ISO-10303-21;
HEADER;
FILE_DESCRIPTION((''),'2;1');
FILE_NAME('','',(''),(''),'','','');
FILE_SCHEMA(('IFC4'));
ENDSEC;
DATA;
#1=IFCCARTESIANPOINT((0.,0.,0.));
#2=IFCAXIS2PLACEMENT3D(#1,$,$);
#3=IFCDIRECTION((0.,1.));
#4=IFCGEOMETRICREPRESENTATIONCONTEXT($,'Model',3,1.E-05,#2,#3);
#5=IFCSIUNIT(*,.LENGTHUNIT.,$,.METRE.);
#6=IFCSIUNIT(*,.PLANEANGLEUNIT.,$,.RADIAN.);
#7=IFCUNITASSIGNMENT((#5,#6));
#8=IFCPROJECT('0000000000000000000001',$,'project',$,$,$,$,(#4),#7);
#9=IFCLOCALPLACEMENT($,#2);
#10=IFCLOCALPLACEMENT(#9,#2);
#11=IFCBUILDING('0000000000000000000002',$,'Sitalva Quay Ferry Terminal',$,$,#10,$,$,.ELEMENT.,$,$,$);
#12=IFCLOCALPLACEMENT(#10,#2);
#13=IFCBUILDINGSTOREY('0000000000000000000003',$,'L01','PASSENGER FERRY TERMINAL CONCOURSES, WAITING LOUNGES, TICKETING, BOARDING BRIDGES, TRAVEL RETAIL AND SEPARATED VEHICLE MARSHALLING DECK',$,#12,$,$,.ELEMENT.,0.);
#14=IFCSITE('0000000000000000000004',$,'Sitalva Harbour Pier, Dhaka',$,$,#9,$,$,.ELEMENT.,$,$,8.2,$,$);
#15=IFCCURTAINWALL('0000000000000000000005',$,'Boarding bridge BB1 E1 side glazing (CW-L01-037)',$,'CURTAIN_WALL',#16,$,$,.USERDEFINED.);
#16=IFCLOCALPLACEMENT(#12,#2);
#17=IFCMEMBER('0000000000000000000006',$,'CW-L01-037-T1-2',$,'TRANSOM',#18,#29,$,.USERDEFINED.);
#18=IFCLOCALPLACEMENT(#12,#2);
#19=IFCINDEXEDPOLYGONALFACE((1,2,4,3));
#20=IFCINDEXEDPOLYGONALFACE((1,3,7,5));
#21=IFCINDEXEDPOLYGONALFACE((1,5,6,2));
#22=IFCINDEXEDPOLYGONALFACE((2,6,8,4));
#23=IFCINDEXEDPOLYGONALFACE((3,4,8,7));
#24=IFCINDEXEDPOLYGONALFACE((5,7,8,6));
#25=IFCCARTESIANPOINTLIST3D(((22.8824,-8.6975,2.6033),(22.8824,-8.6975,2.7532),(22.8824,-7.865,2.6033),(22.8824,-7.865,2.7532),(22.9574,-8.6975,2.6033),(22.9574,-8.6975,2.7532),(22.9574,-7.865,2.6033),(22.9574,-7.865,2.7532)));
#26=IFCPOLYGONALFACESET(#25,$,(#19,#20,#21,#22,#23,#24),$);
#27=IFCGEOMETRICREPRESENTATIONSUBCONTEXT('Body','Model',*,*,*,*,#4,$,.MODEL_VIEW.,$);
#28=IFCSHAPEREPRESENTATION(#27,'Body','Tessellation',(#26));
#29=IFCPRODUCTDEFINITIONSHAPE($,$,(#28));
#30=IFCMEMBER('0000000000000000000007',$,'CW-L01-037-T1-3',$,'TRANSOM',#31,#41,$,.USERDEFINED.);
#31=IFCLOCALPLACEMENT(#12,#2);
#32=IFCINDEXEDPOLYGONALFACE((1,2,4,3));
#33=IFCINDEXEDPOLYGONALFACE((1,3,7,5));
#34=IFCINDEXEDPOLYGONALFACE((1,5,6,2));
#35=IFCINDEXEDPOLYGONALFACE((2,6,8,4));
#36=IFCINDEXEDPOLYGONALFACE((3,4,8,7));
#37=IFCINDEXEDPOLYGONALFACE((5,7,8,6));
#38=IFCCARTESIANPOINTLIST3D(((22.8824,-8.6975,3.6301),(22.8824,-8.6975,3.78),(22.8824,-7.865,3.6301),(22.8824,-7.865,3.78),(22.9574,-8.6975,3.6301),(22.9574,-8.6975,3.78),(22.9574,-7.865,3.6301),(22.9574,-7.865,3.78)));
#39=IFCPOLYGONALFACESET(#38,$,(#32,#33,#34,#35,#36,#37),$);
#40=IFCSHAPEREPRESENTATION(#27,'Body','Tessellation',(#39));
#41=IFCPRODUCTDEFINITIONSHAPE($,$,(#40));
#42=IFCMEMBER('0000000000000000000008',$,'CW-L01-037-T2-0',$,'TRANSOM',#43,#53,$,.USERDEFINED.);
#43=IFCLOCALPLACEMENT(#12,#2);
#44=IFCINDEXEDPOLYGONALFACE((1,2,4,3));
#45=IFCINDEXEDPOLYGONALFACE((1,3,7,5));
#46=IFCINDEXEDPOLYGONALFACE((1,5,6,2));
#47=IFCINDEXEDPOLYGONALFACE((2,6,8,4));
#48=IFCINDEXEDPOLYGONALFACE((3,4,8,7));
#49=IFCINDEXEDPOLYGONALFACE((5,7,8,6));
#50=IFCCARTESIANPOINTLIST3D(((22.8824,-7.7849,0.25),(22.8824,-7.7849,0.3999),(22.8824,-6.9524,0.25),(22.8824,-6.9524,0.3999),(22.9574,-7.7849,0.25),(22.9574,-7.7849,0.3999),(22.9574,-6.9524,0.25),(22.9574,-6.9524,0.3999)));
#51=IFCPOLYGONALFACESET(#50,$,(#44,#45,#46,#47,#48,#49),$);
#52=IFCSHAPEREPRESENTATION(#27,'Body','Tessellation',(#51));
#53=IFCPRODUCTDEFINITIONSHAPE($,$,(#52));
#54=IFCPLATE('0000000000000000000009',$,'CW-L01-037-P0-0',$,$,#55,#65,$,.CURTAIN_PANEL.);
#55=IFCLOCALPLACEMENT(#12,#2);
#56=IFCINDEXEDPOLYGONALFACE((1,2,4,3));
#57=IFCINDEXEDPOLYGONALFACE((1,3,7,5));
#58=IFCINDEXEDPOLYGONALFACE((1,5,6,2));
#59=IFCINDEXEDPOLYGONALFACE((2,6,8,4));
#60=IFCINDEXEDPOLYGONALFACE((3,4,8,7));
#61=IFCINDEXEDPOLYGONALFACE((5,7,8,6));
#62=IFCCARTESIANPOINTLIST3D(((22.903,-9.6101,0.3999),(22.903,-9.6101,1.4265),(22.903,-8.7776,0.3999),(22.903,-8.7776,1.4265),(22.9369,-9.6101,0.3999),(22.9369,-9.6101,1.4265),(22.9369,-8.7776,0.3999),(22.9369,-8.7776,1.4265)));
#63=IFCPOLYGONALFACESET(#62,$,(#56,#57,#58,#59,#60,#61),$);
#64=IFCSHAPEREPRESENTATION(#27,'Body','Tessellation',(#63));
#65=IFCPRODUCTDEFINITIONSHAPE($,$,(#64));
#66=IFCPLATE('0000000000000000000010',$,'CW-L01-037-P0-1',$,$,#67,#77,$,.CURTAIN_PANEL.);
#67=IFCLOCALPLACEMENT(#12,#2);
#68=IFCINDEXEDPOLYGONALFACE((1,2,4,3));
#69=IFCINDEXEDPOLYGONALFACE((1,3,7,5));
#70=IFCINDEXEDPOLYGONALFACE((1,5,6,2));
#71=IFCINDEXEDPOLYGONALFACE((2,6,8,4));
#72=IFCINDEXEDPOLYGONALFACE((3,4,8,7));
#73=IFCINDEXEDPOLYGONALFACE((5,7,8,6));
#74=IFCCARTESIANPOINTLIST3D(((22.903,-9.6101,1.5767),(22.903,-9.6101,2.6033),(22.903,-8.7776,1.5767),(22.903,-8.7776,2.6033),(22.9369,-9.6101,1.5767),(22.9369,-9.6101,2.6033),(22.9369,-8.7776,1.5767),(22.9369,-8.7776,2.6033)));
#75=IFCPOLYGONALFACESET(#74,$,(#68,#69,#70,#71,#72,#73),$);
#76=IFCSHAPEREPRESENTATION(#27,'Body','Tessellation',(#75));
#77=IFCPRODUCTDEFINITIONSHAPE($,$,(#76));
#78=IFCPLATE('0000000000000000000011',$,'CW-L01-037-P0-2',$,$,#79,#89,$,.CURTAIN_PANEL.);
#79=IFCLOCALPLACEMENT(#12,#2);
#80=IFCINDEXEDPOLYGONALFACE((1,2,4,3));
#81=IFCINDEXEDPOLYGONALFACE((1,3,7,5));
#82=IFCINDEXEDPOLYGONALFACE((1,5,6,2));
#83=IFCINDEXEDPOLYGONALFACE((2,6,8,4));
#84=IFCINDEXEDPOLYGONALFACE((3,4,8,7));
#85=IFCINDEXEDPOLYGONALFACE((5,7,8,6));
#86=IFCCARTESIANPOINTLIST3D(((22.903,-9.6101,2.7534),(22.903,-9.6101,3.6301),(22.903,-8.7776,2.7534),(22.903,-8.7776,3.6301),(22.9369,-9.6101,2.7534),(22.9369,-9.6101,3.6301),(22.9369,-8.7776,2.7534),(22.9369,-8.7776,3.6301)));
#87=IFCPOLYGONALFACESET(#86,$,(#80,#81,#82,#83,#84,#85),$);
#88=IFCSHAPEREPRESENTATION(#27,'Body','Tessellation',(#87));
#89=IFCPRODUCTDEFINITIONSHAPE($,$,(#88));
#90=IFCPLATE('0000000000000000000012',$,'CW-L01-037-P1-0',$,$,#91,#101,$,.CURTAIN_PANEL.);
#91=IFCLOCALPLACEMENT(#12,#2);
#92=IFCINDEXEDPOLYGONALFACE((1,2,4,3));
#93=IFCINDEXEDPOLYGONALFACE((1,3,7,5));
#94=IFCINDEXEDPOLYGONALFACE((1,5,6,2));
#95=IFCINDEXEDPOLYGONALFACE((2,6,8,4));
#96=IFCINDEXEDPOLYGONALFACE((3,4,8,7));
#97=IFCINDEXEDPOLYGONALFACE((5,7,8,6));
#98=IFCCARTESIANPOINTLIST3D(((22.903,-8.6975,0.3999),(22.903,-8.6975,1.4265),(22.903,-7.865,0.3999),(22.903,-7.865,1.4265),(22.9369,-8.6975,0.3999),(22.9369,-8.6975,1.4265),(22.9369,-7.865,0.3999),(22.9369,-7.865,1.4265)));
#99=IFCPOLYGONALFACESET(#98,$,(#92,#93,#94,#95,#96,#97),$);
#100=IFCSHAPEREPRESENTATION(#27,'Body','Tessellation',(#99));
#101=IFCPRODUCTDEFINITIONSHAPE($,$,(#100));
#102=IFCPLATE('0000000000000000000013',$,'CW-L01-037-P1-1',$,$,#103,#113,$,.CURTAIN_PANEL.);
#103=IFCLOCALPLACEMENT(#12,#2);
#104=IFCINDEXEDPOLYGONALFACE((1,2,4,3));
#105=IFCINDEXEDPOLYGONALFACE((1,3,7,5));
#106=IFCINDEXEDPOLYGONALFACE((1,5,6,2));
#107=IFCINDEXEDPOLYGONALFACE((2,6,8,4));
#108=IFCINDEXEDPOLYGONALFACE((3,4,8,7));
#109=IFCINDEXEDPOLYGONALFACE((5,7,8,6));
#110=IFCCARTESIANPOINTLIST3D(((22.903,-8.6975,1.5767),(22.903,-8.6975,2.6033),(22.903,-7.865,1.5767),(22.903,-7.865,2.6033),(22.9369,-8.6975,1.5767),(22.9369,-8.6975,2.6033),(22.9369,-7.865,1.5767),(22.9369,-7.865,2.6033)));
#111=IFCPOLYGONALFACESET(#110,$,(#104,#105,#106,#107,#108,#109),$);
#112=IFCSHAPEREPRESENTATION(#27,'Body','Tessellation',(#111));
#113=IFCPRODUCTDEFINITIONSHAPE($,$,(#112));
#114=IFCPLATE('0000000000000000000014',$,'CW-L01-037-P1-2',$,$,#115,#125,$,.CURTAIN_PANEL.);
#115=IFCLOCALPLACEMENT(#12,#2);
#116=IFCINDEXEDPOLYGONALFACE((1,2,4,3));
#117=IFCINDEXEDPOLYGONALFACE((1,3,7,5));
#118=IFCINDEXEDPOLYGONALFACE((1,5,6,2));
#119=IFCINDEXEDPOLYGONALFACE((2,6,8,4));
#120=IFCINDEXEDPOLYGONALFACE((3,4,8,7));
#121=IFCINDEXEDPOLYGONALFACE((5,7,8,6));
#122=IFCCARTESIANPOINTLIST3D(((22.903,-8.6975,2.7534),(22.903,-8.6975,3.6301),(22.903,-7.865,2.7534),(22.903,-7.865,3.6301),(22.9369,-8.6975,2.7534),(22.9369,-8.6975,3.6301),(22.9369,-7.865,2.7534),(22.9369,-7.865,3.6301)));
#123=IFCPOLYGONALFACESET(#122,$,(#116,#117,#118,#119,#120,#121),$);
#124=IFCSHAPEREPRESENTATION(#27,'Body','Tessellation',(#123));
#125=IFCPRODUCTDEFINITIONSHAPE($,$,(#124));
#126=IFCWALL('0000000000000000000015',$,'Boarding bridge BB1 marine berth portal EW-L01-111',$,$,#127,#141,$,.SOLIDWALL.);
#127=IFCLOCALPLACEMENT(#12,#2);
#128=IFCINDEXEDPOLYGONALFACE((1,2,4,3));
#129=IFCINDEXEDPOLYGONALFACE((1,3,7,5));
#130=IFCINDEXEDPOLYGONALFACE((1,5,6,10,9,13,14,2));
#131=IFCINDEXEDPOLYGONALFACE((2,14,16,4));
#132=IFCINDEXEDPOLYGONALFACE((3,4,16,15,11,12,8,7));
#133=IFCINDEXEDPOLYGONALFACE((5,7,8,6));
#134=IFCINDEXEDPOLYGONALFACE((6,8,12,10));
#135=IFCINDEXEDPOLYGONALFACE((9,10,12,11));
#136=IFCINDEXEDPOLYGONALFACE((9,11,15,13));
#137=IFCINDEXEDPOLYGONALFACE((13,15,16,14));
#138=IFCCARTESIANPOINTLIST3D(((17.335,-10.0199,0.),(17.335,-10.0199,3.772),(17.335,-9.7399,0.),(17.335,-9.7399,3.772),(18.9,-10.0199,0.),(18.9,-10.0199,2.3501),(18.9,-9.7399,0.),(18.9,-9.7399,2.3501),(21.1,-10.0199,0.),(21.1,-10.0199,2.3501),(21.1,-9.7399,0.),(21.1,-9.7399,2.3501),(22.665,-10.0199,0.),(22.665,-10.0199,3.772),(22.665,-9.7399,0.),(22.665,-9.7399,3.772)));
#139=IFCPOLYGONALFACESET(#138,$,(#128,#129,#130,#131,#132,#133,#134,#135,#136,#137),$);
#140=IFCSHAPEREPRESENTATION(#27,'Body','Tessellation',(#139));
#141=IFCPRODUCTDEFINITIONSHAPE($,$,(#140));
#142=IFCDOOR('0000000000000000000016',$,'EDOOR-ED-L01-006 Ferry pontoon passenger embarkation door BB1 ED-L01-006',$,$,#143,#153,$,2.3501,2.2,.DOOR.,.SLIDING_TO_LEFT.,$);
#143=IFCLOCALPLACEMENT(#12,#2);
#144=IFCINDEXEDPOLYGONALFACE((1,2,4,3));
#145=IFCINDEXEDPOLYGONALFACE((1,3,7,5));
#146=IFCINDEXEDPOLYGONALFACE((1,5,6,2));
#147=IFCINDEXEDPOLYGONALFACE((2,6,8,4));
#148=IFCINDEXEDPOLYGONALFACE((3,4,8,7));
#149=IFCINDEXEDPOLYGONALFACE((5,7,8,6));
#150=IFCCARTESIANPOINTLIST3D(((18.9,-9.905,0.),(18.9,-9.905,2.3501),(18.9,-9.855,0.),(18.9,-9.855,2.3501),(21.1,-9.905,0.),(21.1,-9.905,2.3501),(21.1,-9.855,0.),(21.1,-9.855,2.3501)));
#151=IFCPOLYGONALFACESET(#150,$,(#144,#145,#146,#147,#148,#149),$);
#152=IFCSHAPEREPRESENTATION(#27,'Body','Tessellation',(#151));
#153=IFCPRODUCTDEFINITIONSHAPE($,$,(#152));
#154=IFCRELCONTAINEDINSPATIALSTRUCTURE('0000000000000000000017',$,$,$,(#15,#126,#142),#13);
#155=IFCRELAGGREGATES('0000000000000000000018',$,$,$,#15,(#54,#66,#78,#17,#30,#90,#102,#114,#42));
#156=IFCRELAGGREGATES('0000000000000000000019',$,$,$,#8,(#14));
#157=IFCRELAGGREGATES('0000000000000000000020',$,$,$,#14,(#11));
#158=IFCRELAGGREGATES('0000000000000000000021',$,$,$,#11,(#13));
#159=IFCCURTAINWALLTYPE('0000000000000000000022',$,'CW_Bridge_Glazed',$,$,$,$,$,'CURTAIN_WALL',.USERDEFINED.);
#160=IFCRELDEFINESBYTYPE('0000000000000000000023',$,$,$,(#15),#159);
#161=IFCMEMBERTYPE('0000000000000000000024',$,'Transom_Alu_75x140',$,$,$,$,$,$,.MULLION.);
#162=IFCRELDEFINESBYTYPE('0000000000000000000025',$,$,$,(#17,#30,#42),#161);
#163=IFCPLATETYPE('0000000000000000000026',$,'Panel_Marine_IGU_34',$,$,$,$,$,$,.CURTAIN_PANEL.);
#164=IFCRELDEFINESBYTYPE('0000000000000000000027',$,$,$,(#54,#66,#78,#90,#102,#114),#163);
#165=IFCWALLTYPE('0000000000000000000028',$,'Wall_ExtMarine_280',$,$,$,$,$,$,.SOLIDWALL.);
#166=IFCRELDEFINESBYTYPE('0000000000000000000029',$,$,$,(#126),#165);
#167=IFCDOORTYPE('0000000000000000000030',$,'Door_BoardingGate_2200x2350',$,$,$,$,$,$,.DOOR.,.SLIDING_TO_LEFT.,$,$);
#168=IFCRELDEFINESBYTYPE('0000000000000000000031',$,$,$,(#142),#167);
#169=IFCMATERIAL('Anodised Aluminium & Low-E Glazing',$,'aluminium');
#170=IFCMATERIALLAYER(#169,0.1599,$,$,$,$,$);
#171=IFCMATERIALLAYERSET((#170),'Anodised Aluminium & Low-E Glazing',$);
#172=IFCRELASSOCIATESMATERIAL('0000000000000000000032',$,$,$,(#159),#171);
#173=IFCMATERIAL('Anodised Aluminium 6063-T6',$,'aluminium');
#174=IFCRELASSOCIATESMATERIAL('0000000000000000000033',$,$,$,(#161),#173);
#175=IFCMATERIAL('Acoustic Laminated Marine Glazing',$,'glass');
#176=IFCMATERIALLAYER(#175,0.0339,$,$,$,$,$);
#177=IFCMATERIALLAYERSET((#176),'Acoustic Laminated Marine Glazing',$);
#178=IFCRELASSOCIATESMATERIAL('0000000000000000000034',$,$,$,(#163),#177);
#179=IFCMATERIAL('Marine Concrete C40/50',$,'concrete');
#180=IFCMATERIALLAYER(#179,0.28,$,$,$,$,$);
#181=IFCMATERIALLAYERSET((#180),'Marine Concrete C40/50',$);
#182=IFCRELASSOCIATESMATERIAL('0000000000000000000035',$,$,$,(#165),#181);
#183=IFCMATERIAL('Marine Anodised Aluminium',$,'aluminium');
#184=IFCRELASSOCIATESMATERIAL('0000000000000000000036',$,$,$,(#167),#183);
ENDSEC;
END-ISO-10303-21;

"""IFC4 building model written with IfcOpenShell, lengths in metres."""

from ifc_helpers import new_model, si_unit, direction, frame, frame_2d, origin, origin_2d, place, context, subcontext, project, spatial, rectangle, extrude, material, layer, layer_set, material_profile, profile_set, type_object, element, fill, aggregate, save


model = new_model("IFC4")

# Units and contexts
model_context = context("Model", 3, precision=1e-05, world=origin(), true_north=direction((0.0, 1.0)))
body_context = subcontext(model_context, "Body", "Model", "MODEL_VIEW")
ifc_project = project(units=[si_unit("LENGTHUNIT", "METRE"), si_unit("PLANEANGLEUNIT", "RADIAN")], contexts=[model_context])

# Site, building, storey
site_placement = place(None, origin())
site = spatial("IfcSite", under=ifc_project, at=site_placement, Name="Sitalva Harbour Pier, Dhaka", CompositionType="ELEMENT", RefElevation=8.2)
building_placement = place(site_placement, origin())
building = spatial("IfcBuilding", under=site, at=building_placement, Name="Sitalva Quay Ferry Terminal", CompositionType="ELEMENT")
storey_placement = place(building_placement, origin())
storey = spatial("IfcBuildingStorey", under=building, at=storey_placement, Name="L01", Description="PASSENGER FERRY TERMINAL CONCOURSES, WAITING LOUNGES, TICKETING, BOARDING BRIDGES, TRAVEL RETAIL AND SEPARATED VEHICLE MARSHALLING DECK", CompositionType="ELEMENT", Elevation=0.0)

# Curtain wall, members, plates
ifc_material_1 = material(Name="Anodised Aluminium & Low-E Glazing", Category="aluminium")
ifc_layer_1 = layer(ifc_material_1, 0.1599)
ifc_layer_set_1 = layer_set([ifc_layer_1], Name="Anodised Aluminium & Low-E Glazing")
curtain_wall_type = type_object("IfcCurtainWallType", Name="CW_Bridge_Glazed", ElementType="CURTAIN_WALL", PredefinedType="USERDEFINED", material=ifc_layer_set_1)
curtain_wall_placement = place(storey_placement, origin())
curtain_wall = element("IfcCurtainWall", 1, at=curtain_wall_placement, inside=storey, type_object=curtain_wall_type, Name="Boarding bridge BB1 E1 side glazing (CW-L01-037)", ObjectType="CURTAIN_WALL", PredefinedType="USERDEFINED")
ifc_material_2 = material(Name="Anodised Aluminium 6063-T6", Category="aluminium")
ifc_material_profile_1 = material_profile(ifc_material_2, rectangle(XDim=0.075, YDim=0.1499, at=origin_2d()), Name="ALU75x150")
ifc_profile_set_1 = profile_set([ifc_material_profile_1], Name="Anodised Aluminium 6063-T6")
member_type_1 = type_object("IfcMemberType", Name="Transom_Alu_75x140", PredefinedType="MULLION", material=ifc_profile_set_1)
member_1_placement = place(storey_placement, frame((22.9199, -8.6975, 2.6782), z_axis=(0.0, 1.0, 0.0), x_axis=(-1.0, 0.0, 0.0)))
member_1 = element("IfcMember", 2, at=member_1_placement, type_object=member_type_1, Name="CW-L01-037-T1-2", ObjectType="TRANSOM", PredefinedType="USERDEFINED", context=body_context, shape_type="SweptSolid", body=[
    extrude(rectangle(XDim=0.075, YDim=0.1499, at=origin_2d()), origin(), (0.0, 0.0, 1.0), 0.8325),
])
member_2_placement = place(storey_placement, frame((22.9199, -8.6975, 3.7051), z_axis=(0.0, 1.0, 0.0), x_axis=(-1.0, 0.0, 0.0)))
member_2 = element("IfcMember", 3, at=member_2_placement, type_object=member_type_1, Name="CW-L01-037-T1-3", ObjectType="TRANSOM", PredefinedType="USERDEFINED", context=body_context, shape_type="SweptSolid", body=[
    extrude(rectangle(XDim=0.075, YDim=0.1499, at=origin_2d()), origin(), (0.0, 0.0, 1.0), 0.8325),
])
member_3_placement = place(storey_placement, frame((22.9199, -7.7849, 0.325), z_axis=(0.0, 1.0, 0.0), x_axis=(-1.0, 0.0, 0.0)))
member_3 = element("IfcMember", 4, at=member_3_placement, type_object=member_type_1, Name="CW-L01-037-T2-0", ObjectType="TRANSOM", PredefinedType="USERDEFINED", context=body_context, shape_type="SweptSolid", body=[
    extrude(rectangle(XDim=0.075, YDim=0.1499, at=origin_2d()), origin(), (0.0, 0.0, 1.0), 0.8325),
])
ifc_material_3 = material(Name="Acoustic Laminated Marine Glazing", Category="glass")
ifc_layer_2 = layer(ifc_material_3, 0.0339)
ifc_layer_set_2 = layer_set([ifc_layer_2], Name="Acoustic Laminated Marine Glazing")
plate_type = type_object("IfcPlateType", Name="Panel_Marine_IGU_34", PredefinedType="CURTAIN_PANEL", material=ifc_layer_set_2)
plate_1_placement = place(storey_placement, frame((22.9199, -9.1938, 0.3999), z_axis=(0.0, 0.0, 1.0), x_axis=(0.0, 1.0, 0.0)))
plate_1 = element("IfcPlate", 5, at=plate_1_placement, type_object=plate_type, Name="CW-L01-037-P0-0", PredefinedType="CURTAIN_PANEL", context=body_context, shape_type="SweptSolid", body=[
    extrude(rectangle(XDim=0.8325, YDim=0.0339, at=origin_2d()), origin(), (0.0, 0.0, 1.0), 1.0266),
])
plate_2_placement = place(storey_placement, frame((22.9199, -9.1938, 1.5767), z_axis=(0.0, 0.0, 1.0), x_axis=(0.0, 1.0, 0.0)))
plate_2 = element("IfcPlate", 6, at=plate_2_placement, type_object=plate_type, Name="CW-L01-037-P0-1", PredefinedType="CURTAIN_PANEL", context=body_context, shape_type="SweptSolid", body=[
    extrude(rectangle(XDim=0.8325, YDim=0.0339, at=origin_2d()), origin(), (0.0, 0.0, 1.0), 1.0266),
])
plate_3_placement = place(storey_placement, frame((22.9199, -9.1938, 2.7534), z_axis=(0.0, 0.0, 1.0), x_axis=(0.0, 1.0, 0.0)))
plate_3 = element("IfcPlate", 7, at=plate_3_placement, type_object=plate_type, Name="CW-L01-037-P0-2", PredefinedType="CURTAIN_PANEL", context=body_context, shape_type="SweptSolid", body=[
    extrude(rectangle(XDim=0.8325, YDim=0.0339, at=origin_2d()), origin(), (0.0, 0.0, 1.0), 0.8767),
])
plate_4_placement = place(storey_placement, frame((22.9199, -8.2812, 0.3999), z_axis=(0.0, 0.0, 1.0), x_axis=(0.0, 1.0, 0.0)))
plate_4 = element("IfcPlate", 8, at=plate_4_placement, type_object=plate_type, Name="CW-L01-037-P1-0", PredefinedType="CURTAIN_PANEL", context=body_context, shape_type="SweptSolid", body=[
    extrude(rectangle(XDim=0.8325, YDim=0.0339, at=origin_2d()), origin(), (0.0, 0.0, 1.0), 1.0266),
])
plate_5_placement = place(storey_placement, frame((22.9199, -8.2812, 1.5767), z_axis=(0.0, 0.0, 1.0), x_axis=(0.0, 1.0, 0.0)))
plate_5 = element("IfcPlate", 9, at=plate_5_placement, type_object=plate_type, Name="CW-L01-037-P1-1", PredefinedType="CURTAIN_PANEL", context=body_context, shape_type="SweptSolid", body=[
    extrude(rectangle(XDim=0.8325, YDim=0.0339, at=origin_2d()), origin(), (0.0, 0.0, 1.0), 1.0266),
])
plate_6_placement = place(storey_placement, frame((22.9199, -8.2812, 2.7534), z_axis=(0.0, 0.0, 1.0), x_axis=(0.0, 1.0, 0.0)))
plate_6 = element("IfcPlate", 10, at=plate_6_placement, type_object=plate_type, Name="CW-L01-037-P1-2", PredefinedType="CURTAIN_PANEL", context=body_context, shape_type="SweptSolid", body=[
    extrude(rectangle(XDim=0.8325, YDim=0.0339, at=origin_2d()), origin(), (0.0, 0.0, 1.0), 0.8767),
])
aggregate(curtain_wall, [plate_1, plate_2, plate_3, member_1, member_2, plate_4, plate_5, plate_6, member_3])

# Wall, opening, door
ifc_material_4 = material(Name="Marine Concrete C40/50", Category="concrete")
ifc_layer_3 = layer(ifc_material_4, 0.28)
ifc_layer_set_3 = layer_set([ifc_layer_3], Name="Marine Concrete C40/50")
wall_type = type_object("IfcWallType", Name="Wall_ExtMarine_280", PredefinedType="SOLIDWALL", material=ifc_layer_set_3)
wall_placement = place(storey_placement, frame((17.335, -9.8799, 0.0), z_axis=(0.0, 0.0, 1.0), x_axis=(1.0, 0.0, 0.0)))
wall = element("IfcWall", 11, at=wall_placement, inside=storey, type_object=wall_type, Name="Boarding bridge BB1 marine berth portal EW-L01-111", PredefinedType="SOLIDWALL", context=body_context, shape_type="SweptSolid", body=[
    extrude(rectangle(XDim=5.3301, YDim=0.28, at=frame_2d((2.665, 0.0))), origin(), (0.0, 0.0, 1.0), 3.772),
])
opening_placement = place(wall_placement, frame((1.5649, 0.0, 0.0)))
opening = element("IfcOpeningElement", 12, at=opening_placement, cuts=wall, PredefinedType="OPENING", context=body_context, shape_type="SweptSolid", body=[
    extrude(rectangle(XDim=2.2, YDim=2.3501, at=frame_2d((1.1001, 1.175))), frame((0.0, 0.1499, 0.0), z_axis=(0.0, -1.0, 0.0), x_axis=(1.0, 0.0, 0.0)), (0.0, 0.0, 1.0), 0.3),
])
ifc_material_5 = material(Name="Marine Anodised Aluminium", Category="aluminium")
door_type = type_object("IfcDoorType", Name="Door_BoardingGate_2200x2350", OperationType="SLIDING_TO_LEFT", PredefinedType="DOOR", material=ifc_material_5)
door_placement = place(opening_placement, origin())
door = element("IfcDoor", 13, at=door_placement, inside=storey, type_object=door_type, Name="EDOOR-ED-L01-006 Ferry pontoon passenger embarkation door BB1 ED-L01-006", OperationType="SLIDING_TO_LEFT", OverallHeight=2.3501, OverallWidth=2.2, PredefinedType="DOOR", context=body_context, shape_type="SweptSolid", body=[
    extrude(rectangle(XDim=2.2, YDim=2.3501, at=frame_2d((1.1001, 1.175))), frame((0.0, 0.0249, 0.0), z_axis=(0.0, -1.0, 0.0), x_axis=(1.0, 0.0, 0.0)), (0.0, 0.0, 1.0), 0.05),
])
fill(opening, door)

save(model, "model.ifc")
